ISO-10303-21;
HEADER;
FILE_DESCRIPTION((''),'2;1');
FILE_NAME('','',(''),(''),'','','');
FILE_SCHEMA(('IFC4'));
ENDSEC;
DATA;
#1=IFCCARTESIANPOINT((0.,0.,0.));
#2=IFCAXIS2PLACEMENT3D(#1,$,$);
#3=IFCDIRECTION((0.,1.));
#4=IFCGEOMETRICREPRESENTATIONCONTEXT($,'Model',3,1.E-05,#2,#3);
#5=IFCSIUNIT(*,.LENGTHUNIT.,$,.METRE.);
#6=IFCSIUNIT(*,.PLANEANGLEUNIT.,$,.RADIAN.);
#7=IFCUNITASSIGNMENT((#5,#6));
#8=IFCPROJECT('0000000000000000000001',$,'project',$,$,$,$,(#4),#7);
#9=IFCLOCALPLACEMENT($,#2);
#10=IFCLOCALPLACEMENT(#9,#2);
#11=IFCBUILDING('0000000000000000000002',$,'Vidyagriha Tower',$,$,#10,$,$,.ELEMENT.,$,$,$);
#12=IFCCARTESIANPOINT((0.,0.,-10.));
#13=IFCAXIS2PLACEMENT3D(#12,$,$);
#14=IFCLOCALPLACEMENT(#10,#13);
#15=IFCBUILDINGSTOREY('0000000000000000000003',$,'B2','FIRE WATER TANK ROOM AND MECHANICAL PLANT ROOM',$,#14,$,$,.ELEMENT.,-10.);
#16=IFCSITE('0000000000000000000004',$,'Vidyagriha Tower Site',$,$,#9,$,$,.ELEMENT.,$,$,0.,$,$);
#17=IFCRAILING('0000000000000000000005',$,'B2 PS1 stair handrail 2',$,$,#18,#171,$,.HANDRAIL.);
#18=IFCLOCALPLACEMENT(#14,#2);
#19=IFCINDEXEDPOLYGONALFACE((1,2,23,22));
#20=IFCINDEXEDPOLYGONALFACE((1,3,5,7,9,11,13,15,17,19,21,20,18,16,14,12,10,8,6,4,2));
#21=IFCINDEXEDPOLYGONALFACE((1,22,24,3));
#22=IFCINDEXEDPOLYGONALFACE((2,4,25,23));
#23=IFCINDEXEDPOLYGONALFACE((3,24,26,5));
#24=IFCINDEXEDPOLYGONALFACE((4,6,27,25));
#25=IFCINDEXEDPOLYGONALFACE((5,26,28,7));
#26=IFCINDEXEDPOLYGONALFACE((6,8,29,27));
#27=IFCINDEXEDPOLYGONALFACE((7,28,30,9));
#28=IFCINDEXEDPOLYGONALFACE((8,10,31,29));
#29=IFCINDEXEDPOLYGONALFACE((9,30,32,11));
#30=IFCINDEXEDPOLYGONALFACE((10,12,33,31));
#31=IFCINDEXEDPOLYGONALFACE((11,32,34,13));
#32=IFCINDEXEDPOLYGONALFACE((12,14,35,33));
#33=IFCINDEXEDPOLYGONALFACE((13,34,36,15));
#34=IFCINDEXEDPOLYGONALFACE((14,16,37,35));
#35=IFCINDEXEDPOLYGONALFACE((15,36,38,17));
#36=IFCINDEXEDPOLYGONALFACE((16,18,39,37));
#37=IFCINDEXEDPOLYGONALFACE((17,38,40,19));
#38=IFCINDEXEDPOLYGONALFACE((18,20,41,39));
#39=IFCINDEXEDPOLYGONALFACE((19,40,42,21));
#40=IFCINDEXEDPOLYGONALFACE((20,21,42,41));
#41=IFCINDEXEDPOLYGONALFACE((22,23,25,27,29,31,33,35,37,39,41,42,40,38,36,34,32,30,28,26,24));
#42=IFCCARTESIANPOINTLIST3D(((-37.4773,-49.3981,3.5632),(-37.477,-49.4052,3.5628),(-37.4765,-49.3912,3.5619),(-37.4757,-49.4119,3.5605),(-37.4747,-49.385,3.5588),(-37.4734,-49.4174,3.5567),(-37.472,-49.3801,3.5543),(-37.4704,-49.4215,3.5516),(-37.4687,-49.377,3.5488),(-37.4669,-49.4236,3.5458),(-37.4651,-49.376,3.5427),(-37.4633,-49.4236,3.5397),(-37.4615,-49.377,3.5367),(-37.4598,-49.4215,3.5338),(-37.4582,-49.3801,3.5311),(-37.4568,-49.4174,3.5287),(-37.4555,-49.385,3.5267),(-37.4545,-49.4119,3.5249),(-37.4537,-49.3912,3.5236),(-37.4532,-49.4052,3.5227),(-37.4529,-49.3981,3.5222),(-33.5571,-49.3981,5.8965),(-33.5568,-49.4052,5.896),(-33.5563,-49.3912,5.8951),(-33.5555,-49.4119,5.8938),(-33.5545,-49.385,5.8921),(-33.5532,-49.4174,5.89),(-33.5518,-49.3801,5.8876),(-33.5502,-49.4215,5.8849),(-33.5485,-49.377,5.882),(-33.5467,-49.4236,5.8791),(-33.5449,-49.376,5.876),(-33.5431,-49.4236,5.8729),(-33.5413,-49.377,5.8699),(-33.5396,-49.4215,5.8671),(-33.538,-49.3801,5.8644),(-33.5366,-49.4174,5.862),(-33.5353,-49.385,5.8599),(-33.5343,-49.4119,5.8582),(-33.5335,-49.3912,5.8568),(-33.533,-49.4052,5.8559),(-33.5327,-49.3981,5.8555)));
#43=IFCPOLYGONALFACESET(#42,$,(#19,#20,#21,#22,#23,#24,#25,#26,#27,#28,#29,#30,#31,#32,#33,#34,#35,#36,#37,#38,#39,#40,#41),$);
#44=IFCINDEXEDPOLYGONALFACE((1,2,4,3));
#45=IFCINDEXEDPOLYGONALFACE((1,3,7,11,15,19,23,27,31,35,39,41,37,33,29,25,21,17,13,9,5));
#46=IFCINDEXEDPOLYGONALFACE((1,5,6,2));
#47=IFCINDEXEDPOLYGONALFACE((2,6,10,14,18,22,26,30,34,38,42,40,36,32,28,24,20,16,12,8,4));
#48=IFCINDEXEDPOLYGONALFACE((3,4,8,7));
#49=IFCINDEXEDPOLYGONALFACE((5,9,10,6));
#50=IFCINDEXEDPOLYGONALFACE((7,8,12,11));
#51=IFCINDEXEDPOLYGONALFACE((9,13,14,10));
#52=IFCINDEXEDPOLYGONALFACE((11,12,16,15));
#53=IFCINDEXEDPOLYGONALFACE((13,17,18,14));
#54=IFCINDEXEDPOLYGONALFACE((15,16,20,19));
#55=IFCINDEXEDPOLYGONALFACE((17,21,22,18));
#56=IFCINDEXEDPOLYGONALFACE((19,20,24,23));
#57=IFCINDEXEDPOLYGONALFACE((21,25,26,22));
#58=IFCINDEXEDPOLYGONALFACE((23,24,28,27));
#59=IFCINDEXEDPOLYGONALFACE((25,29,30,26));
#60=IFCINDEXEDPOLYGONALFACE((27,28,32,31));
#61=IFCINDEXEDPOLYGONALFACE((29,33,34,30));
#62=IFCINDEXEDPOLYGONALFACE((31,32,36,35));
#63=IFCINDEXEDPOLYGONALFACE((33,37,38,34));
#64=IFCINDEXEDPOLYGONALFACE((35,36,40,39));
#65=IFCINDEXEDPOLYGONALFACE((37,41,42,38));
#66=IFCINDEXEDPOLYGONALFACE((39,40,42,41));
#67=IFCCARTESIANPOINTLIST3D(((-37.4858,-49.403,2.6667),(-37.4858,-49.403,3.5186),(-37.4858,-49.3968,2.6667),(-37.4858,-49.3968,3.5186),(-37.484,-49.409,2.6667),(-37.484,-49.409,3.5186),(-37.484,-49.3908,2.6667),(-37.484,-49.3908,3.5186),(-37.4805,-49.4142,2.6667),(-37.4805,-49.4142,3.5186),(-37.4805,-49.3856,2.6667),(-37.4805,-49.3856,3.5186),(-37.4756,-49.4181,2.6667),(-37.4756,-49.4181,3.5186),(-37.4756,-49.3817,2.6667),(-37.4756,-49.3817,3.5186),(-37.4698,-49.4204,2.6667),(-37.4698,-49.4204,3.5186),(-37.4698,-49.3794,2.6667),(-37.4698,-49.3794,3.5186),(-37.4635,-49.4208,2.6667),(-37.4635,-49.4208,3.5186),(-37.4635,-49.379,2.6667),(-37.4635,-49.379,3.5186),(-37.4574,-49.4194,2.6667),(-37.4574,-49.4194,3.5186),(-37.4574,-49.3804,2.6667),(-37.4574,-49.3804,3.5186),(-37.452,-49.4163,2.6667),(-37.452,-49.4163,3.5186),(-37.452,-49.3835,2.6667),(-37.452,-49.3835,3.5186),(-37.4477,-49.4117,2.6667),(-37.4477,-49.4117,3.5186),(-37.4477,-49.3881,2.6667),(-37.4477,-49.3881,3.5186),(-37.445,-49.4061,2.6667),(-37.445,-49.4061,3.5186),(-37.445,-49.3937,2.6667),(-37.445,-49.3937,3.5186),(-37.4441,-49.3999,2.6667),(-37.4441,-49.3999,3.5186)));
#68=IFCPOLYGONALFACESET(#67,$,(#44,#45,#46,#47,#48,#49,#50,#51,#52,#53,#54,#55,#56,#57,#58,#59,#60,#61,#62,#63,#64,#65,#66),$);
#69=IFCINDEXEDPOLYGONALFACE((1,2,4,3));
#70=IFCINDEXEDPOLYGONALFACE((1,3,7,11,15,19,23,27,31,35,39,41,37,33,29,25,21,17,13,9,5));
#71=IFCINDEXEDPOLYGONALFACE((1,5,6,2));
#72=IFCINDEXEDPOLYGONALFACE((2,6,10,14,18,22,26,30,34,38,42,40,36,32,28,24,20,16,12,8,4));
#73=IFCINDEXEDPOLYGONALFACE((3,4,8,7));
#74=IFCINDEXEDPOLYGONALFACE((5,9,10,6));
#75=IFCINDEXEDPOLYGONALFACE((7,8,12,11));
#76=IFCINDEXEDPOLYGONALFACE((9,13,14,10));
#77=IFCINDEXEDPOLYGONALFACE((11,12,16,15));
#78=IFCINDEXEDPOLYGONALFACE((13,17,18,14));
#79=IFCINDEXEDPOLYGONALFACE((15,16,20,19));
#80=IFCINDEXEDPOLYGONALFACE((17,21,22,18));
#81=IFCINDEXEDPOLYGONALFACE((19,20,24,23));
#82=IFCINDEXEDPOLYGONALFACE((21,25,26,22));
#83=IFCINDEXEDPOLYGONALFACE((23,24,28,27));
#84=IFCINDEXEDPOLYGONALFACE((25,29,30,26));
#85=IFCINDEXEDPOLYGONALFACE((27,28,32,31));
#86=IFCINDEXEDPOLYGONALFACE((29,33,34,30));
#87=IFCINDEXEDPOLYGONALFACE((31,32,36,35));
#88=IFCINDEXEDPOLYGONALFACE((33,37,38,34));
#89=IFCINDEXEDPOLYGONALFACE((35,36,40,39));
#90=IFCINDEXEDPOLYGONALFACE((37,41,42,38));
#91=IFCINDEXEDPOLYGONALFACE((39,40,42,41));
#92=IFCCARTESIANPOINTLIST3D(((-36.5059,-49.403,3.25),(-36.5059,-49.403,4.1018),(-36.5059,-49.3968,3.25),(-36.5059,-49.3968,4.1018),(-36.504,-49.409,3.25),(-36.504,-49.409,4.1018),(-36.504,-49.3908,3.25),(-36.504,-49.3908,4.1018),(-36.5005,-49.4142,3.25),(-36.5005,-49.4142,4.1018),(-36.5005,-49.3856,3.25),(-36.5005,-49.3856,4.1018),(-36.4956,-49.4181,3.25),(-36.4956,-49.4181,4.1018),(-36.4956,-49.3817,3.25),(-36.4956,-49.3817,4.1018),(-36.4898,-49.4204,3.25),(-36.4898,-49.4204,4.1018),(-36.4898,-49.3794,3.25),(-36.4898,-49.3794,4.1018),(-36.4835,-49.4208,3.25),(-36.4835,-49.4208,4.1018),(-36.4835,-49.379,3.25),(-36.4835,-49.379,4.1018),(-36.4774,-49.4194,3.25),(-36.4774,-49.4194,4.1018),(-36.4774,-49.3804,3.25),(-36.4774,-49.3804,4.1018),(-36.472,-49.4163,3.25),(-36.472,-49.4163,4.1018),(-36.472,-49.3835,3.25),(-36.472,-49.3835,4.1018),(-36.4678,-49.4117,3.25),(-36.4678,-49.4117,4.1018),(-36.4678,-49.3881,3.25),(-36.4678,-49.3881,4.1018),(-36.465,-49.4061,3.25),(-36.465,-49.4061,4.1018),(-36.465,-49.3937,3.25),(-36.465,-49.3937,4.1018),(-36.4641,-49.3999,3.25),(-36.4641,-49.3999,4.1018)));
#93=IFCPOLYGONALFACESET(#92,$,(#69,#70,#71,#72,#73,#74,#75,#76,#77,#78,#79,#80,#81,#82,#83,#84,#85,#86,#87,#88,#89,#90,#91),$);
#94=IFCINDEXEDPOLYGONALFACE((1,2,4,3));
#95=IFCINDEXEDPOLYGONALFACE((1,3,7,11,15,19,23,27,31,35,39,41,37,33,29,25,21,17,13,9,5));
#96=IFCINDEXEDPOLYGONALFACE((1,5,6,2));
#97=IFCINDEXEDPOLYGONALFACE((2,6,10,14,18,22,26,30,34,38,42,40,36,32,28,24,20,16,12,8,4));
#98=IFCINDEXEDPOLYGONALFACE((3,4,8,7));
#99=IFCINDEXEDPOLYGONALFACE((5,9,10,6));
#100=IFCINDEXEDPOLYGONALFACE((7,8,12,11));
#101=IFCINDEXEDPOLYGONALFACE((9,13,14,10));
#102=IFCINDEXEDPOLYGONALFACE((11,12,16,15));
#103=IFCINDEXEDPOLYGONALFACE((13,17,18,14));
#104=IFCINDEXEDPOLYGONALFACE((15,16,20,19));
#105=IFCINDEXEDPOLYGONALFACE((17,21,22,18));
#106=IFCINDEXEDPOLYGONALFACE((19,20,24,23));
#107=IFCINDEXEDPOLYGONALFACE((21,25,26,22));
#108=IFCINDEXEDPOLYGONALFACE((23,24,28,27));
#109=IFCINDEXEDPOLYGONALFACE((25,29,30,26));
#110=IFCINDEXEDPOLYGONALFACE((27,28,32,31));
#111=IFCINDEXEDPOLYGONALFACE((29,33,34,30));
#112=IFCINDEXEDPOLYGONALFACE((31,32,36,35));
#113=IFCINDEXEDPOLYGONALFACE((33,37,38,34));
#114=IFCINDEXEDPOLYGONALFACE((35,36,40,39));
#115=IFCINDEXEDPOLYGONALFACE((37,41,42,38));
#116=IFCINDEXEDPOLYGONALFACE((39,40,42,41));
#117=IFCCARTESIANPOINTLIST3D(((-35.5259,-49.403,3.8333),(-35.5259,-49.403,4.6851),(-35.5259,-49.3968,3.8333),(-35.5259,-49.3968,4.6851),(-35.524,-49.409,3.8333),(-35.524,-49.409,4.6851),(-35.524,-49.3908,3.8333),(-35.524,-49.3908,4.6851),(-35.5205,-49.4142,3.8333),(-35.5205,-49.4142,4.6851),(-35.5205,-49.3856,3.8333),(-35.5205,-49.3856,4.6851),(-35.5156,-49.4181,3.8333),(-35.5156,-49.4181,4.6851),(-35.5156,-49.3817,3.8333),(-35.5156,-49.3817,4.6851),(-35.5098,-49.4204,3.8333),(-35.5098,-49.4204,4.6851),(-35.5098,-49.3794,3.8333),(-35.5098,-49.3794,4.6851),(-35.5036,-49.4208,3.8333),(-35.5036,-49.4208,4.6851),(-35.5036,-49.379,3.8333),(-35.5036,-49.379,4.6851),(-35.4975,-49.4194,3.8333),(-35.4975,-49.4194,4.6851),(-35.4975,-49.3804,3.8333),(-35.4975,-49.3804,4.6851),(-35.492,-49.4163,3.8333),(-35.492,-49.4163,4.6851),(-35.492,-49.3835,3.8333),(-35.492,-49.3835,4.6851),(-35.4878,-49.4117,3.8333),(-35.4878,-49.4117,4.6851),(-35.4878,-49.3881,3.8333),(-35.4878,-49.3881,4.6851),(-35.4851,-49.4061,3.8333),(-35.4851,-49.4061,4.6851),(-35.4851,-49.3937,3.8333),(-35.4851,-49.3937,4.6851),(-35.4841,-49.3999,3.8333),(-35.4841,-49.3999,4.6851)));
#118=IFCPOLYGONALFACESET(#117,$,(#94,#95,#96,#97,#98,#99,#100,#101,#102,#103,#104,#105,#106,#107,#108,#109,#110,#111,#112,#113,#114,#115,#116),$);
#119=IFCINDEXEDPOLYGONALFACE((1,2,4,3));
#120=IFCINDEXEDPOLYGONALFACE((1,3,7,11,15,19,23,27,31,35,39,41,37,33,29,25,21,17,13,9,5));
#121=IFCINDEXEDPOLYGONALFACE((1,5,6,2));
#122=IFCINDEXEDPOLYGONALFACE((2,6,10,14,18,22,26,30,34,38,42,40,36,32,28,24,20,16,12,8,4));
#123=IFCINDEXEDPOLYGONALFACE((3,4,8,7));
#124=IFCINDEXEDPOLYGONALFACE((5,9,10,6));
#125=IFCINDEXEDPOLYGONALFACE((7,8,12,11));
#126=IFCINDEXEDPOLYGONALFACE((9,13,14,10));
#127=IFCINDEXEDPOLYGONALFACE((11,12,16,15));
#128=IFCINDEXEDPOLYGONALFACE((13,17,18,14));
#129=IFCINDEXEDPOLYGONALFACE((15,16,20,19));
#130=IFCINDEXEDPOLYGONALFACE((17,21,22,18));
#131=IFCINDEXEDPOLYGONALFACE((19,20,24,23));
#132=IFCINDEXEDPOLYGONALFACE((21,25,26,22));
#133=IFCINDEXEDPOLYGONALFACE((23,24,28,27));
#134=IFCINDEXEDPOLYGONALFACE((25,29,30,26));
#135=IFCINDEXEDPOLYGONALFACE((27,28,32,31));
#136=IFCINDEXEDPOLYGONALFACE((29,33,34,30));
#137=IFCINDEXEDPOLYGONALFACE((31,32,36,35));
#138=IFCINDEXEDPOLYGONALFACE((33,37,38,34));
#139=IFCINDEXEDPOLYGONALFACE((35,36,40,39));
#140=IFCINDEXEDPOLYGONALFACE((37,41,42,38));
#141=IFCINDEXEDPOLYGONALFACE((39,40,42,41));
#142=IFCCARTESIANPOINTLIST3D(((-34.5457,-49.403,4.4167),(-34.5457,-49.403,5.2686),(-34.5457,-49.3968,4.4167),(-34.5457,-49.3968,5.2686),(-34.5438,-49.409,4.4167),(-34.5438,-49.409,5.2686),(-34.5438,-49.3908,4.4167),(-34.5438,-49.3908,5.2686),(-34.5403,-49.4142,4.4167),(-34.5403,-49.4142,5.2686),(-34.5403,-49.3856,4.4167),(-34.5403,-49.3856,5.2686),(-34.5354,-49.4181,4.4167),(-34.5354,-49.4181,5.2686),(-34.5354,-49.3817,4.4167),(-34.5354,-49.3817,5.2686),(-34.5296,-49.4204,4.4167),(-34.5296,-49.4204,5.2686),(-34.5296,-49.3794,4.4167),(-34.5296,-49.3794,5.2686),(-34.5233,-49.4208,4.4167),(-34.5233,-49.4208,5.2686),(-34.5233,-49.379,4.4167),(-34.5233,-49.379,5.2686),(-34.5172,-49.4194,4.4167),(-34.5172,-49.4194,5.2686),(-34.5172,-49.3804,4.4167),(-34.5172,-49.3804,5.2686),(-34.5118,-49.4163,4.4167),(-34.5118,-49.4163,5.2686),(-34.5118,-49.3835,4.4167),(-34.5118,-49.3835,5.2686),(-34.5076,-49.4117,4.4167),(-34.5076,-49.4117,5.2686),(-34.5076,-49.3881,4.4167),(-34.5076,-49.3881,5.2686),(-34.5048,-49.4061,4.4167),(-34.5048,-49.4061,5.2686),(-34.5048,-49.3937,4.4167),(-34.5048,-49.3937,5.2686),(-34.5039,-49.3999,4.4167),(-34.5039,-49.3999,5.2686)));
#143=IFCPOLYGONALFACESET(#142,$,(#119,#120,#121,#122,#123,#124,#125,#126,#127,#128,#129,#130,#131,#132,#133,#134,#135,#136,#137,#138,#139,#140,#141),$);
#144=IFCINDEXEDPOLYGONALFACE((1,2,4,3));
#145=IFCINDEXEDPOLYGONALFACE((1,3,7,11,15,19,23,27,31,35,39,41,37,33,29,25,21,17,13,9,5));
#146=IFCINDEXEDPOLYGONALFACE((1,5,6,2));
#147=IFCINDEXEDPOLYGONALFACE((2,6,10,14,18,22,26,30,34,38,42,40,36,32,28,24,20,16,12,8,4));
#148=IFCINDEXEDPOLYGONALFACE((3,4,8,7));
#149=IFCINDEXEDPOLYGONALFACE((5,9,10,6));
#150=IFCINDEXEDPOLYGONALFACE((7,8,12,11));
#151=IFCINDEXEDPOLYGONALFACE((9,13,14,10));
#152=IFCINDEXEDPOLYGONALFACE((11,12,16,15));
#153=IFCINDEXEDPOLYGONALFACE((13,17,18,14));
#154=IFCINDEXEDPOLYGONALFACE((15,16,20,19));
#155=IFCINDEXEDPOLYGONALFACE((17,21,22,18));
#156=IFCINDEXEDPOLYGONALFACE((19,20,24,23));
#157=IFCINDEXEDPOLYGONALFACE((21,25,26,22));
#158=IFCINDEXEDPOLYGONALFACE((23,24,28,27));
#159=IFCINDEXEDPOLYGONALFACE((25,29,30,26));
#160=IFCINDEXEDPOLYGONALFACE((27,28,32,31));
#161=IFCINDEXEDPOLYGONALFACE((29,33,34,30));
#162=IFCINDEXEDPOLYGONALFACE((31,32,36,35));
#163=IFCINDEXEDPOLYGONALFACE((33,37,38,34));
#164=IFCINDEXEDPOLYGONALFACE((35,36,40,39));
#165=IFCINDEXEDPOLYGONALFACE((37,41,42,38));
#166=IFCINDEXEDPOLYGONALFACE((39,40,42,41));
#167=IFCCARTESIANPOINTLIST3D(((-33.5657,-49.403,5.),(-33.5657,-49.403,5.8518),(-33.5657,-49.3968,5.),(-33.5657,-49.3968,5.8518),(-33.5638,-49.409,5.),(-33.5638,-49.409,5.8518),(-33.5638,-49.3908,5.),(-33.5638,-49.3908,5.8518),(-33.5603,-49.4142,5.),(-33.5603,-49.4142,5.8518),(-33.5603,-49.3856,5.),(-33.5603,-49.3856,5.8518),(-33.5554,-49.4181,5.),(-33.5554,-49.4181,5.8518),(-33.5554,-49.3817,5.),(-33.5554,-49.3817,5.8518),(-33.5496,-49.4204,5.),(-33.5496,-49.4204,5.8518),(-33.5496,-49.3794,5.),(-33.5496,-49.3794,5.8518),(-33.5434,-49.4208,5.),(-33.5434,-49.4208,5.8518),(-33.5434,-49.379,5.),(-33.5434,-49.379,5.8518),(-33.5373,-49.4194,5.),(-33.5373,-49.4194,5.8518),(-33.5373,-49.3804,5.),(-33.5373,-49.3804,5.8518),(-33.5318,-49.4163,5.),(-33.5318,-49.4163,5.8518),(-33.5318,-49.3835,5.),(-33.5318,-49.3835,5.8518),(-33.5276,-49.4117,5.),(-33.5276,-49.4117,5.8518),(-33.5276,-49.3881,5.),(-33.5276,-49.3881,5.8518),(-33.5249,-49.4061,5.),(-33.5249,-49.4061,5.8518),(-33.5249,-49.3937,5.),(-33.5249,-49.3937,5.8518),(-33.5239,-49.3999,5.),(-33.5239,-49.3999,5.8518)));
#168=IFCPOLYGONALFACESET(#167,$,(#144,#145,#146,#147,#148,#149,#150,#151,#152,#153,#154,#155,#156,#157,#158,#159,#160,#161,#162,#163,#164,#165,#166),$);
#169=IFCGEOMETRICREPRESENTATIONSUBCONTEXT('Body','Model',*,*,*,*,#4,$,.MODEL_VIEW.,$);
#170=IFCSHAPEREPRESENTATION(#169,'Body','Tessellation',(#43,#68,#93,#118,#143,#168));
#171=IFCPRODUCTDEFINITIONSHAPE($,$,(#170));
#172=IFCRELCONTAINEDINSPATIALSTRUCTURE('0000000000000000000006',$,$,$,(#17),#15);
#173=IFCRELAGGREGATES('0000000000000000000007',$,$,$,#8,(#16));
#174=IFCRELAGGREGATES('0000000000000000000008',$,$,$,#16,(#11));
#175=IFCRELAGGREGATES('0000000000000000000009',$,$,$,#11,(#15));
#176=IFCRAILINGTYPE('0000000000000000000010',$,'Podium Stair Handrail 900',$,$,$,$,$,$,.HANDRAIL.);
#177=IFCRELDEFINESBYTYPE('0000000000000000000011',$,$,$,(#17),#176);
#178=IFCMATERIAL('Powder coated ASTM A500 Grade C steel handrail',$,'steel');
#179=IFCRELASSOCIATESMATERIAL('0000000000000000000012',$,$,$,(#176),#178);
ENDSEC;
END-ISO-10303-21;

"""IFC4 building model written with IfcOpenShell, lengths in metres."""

from ifc_helpers import new_model, si_unit, direction, frame, origin, origin_2d, place, context, subcontext, project, spatial, circle, extrude, material, type_object, element, save


model = new_model("IFC4")

# Units and contexts
model_context = context("Model", 3, precision=1e-05, world=origin(), true_north=direction((0.0, 1.0)))
body_context = subcontext(model_context, "Body", "Model", "MODEL_VIEW")
ifc_project = project(units=[si_unit("LENGTHUNIT", "METRE"), si_unit("PLANEANGLEUNIT", "RADIAN")], contexts=[model_context])

# Site, building, storey
site_placement = place(None, origin())
site = spatial("IfcSite", under=ifc_project, at=site_placement, Name="Vidyagriha Tower Site", CompositionType="ELEMENT", RefElevation=0.0)
building_placement = place(site_placement, origin())
building = spatial("IfcBuilding", under=site, at=building_placement, Name="Vidyagriha Tower", CompositionType="ELEMENT")
storey_placement = place(building_placement, frame((0.0, 0.0, -10.0)))
storey = spatial("IfcBuildingStorey", under=building, at=storey_placement, Name="B2", Description="FIRE WATER TANK ROOM AND MECHANICAL PLANT ROOM", CompositionType="ELEMENT", Elevation=-10.0)

# Railing
ifc_material_1 = material(Name="Powder coated ASTM A500 Grade C steel handrail", Category="steel")
railing_type_1 = type_object("IfcRailingType", Name="Podium Stair Handrail 900", PredefinedType="HANDRAIL", material=ifc_material_1)
railing_1_placement = place(storey_placement, frame((-37.4651, -49.3999, 2.6667)))
element("IfcRailing", 1, at=railing_1_placement, inside=storey, type_object=railing_type_1, Name="B2 PS1 stair handrail 2", PredefinedType="HANDRAIL", context=body_context, shape_type="SweptSolid", body=[
    extrude(circle(Radius=0.0239, at=origin_2d()), frame((0.0, 0.0, 0.876), z_axis=(0.85931, 0.0, 0.511455), x_axis=(0.0, 1.0, 0.0)), (0.0, 0.0, 1.0), 4.562),
    extrude(circle(Radius=0.021, at=origin_2d()), origin(), (0.0, 0.0, 1.0), 0.8518),
    extrude(circle(Radius=0.021, at=origin_2d()), frame((0.98, 0.0, 0.5833)), (0.0, 0.0, 1.0), 0.8518),
    extrude(circle(Radius=0.021, at=origin_2d()), frame((1.96, 0.0, 1.1665)), (0.0, 0.0, 1.0), 0.8518),
    extrude(circle(Radius=0.021, at=origin_2d()), frame((2.9402, 0.0, 1.75)), (0.0, 0.0, 1.0), 0.8518),
    extrude(circle(Radius=0.021, at=origin_2d()), frame((3.9202, 0.0, 2.3333)), (0.0, 0.0, 1.0), 0.8518),
])

save(model, "model.ifc")
